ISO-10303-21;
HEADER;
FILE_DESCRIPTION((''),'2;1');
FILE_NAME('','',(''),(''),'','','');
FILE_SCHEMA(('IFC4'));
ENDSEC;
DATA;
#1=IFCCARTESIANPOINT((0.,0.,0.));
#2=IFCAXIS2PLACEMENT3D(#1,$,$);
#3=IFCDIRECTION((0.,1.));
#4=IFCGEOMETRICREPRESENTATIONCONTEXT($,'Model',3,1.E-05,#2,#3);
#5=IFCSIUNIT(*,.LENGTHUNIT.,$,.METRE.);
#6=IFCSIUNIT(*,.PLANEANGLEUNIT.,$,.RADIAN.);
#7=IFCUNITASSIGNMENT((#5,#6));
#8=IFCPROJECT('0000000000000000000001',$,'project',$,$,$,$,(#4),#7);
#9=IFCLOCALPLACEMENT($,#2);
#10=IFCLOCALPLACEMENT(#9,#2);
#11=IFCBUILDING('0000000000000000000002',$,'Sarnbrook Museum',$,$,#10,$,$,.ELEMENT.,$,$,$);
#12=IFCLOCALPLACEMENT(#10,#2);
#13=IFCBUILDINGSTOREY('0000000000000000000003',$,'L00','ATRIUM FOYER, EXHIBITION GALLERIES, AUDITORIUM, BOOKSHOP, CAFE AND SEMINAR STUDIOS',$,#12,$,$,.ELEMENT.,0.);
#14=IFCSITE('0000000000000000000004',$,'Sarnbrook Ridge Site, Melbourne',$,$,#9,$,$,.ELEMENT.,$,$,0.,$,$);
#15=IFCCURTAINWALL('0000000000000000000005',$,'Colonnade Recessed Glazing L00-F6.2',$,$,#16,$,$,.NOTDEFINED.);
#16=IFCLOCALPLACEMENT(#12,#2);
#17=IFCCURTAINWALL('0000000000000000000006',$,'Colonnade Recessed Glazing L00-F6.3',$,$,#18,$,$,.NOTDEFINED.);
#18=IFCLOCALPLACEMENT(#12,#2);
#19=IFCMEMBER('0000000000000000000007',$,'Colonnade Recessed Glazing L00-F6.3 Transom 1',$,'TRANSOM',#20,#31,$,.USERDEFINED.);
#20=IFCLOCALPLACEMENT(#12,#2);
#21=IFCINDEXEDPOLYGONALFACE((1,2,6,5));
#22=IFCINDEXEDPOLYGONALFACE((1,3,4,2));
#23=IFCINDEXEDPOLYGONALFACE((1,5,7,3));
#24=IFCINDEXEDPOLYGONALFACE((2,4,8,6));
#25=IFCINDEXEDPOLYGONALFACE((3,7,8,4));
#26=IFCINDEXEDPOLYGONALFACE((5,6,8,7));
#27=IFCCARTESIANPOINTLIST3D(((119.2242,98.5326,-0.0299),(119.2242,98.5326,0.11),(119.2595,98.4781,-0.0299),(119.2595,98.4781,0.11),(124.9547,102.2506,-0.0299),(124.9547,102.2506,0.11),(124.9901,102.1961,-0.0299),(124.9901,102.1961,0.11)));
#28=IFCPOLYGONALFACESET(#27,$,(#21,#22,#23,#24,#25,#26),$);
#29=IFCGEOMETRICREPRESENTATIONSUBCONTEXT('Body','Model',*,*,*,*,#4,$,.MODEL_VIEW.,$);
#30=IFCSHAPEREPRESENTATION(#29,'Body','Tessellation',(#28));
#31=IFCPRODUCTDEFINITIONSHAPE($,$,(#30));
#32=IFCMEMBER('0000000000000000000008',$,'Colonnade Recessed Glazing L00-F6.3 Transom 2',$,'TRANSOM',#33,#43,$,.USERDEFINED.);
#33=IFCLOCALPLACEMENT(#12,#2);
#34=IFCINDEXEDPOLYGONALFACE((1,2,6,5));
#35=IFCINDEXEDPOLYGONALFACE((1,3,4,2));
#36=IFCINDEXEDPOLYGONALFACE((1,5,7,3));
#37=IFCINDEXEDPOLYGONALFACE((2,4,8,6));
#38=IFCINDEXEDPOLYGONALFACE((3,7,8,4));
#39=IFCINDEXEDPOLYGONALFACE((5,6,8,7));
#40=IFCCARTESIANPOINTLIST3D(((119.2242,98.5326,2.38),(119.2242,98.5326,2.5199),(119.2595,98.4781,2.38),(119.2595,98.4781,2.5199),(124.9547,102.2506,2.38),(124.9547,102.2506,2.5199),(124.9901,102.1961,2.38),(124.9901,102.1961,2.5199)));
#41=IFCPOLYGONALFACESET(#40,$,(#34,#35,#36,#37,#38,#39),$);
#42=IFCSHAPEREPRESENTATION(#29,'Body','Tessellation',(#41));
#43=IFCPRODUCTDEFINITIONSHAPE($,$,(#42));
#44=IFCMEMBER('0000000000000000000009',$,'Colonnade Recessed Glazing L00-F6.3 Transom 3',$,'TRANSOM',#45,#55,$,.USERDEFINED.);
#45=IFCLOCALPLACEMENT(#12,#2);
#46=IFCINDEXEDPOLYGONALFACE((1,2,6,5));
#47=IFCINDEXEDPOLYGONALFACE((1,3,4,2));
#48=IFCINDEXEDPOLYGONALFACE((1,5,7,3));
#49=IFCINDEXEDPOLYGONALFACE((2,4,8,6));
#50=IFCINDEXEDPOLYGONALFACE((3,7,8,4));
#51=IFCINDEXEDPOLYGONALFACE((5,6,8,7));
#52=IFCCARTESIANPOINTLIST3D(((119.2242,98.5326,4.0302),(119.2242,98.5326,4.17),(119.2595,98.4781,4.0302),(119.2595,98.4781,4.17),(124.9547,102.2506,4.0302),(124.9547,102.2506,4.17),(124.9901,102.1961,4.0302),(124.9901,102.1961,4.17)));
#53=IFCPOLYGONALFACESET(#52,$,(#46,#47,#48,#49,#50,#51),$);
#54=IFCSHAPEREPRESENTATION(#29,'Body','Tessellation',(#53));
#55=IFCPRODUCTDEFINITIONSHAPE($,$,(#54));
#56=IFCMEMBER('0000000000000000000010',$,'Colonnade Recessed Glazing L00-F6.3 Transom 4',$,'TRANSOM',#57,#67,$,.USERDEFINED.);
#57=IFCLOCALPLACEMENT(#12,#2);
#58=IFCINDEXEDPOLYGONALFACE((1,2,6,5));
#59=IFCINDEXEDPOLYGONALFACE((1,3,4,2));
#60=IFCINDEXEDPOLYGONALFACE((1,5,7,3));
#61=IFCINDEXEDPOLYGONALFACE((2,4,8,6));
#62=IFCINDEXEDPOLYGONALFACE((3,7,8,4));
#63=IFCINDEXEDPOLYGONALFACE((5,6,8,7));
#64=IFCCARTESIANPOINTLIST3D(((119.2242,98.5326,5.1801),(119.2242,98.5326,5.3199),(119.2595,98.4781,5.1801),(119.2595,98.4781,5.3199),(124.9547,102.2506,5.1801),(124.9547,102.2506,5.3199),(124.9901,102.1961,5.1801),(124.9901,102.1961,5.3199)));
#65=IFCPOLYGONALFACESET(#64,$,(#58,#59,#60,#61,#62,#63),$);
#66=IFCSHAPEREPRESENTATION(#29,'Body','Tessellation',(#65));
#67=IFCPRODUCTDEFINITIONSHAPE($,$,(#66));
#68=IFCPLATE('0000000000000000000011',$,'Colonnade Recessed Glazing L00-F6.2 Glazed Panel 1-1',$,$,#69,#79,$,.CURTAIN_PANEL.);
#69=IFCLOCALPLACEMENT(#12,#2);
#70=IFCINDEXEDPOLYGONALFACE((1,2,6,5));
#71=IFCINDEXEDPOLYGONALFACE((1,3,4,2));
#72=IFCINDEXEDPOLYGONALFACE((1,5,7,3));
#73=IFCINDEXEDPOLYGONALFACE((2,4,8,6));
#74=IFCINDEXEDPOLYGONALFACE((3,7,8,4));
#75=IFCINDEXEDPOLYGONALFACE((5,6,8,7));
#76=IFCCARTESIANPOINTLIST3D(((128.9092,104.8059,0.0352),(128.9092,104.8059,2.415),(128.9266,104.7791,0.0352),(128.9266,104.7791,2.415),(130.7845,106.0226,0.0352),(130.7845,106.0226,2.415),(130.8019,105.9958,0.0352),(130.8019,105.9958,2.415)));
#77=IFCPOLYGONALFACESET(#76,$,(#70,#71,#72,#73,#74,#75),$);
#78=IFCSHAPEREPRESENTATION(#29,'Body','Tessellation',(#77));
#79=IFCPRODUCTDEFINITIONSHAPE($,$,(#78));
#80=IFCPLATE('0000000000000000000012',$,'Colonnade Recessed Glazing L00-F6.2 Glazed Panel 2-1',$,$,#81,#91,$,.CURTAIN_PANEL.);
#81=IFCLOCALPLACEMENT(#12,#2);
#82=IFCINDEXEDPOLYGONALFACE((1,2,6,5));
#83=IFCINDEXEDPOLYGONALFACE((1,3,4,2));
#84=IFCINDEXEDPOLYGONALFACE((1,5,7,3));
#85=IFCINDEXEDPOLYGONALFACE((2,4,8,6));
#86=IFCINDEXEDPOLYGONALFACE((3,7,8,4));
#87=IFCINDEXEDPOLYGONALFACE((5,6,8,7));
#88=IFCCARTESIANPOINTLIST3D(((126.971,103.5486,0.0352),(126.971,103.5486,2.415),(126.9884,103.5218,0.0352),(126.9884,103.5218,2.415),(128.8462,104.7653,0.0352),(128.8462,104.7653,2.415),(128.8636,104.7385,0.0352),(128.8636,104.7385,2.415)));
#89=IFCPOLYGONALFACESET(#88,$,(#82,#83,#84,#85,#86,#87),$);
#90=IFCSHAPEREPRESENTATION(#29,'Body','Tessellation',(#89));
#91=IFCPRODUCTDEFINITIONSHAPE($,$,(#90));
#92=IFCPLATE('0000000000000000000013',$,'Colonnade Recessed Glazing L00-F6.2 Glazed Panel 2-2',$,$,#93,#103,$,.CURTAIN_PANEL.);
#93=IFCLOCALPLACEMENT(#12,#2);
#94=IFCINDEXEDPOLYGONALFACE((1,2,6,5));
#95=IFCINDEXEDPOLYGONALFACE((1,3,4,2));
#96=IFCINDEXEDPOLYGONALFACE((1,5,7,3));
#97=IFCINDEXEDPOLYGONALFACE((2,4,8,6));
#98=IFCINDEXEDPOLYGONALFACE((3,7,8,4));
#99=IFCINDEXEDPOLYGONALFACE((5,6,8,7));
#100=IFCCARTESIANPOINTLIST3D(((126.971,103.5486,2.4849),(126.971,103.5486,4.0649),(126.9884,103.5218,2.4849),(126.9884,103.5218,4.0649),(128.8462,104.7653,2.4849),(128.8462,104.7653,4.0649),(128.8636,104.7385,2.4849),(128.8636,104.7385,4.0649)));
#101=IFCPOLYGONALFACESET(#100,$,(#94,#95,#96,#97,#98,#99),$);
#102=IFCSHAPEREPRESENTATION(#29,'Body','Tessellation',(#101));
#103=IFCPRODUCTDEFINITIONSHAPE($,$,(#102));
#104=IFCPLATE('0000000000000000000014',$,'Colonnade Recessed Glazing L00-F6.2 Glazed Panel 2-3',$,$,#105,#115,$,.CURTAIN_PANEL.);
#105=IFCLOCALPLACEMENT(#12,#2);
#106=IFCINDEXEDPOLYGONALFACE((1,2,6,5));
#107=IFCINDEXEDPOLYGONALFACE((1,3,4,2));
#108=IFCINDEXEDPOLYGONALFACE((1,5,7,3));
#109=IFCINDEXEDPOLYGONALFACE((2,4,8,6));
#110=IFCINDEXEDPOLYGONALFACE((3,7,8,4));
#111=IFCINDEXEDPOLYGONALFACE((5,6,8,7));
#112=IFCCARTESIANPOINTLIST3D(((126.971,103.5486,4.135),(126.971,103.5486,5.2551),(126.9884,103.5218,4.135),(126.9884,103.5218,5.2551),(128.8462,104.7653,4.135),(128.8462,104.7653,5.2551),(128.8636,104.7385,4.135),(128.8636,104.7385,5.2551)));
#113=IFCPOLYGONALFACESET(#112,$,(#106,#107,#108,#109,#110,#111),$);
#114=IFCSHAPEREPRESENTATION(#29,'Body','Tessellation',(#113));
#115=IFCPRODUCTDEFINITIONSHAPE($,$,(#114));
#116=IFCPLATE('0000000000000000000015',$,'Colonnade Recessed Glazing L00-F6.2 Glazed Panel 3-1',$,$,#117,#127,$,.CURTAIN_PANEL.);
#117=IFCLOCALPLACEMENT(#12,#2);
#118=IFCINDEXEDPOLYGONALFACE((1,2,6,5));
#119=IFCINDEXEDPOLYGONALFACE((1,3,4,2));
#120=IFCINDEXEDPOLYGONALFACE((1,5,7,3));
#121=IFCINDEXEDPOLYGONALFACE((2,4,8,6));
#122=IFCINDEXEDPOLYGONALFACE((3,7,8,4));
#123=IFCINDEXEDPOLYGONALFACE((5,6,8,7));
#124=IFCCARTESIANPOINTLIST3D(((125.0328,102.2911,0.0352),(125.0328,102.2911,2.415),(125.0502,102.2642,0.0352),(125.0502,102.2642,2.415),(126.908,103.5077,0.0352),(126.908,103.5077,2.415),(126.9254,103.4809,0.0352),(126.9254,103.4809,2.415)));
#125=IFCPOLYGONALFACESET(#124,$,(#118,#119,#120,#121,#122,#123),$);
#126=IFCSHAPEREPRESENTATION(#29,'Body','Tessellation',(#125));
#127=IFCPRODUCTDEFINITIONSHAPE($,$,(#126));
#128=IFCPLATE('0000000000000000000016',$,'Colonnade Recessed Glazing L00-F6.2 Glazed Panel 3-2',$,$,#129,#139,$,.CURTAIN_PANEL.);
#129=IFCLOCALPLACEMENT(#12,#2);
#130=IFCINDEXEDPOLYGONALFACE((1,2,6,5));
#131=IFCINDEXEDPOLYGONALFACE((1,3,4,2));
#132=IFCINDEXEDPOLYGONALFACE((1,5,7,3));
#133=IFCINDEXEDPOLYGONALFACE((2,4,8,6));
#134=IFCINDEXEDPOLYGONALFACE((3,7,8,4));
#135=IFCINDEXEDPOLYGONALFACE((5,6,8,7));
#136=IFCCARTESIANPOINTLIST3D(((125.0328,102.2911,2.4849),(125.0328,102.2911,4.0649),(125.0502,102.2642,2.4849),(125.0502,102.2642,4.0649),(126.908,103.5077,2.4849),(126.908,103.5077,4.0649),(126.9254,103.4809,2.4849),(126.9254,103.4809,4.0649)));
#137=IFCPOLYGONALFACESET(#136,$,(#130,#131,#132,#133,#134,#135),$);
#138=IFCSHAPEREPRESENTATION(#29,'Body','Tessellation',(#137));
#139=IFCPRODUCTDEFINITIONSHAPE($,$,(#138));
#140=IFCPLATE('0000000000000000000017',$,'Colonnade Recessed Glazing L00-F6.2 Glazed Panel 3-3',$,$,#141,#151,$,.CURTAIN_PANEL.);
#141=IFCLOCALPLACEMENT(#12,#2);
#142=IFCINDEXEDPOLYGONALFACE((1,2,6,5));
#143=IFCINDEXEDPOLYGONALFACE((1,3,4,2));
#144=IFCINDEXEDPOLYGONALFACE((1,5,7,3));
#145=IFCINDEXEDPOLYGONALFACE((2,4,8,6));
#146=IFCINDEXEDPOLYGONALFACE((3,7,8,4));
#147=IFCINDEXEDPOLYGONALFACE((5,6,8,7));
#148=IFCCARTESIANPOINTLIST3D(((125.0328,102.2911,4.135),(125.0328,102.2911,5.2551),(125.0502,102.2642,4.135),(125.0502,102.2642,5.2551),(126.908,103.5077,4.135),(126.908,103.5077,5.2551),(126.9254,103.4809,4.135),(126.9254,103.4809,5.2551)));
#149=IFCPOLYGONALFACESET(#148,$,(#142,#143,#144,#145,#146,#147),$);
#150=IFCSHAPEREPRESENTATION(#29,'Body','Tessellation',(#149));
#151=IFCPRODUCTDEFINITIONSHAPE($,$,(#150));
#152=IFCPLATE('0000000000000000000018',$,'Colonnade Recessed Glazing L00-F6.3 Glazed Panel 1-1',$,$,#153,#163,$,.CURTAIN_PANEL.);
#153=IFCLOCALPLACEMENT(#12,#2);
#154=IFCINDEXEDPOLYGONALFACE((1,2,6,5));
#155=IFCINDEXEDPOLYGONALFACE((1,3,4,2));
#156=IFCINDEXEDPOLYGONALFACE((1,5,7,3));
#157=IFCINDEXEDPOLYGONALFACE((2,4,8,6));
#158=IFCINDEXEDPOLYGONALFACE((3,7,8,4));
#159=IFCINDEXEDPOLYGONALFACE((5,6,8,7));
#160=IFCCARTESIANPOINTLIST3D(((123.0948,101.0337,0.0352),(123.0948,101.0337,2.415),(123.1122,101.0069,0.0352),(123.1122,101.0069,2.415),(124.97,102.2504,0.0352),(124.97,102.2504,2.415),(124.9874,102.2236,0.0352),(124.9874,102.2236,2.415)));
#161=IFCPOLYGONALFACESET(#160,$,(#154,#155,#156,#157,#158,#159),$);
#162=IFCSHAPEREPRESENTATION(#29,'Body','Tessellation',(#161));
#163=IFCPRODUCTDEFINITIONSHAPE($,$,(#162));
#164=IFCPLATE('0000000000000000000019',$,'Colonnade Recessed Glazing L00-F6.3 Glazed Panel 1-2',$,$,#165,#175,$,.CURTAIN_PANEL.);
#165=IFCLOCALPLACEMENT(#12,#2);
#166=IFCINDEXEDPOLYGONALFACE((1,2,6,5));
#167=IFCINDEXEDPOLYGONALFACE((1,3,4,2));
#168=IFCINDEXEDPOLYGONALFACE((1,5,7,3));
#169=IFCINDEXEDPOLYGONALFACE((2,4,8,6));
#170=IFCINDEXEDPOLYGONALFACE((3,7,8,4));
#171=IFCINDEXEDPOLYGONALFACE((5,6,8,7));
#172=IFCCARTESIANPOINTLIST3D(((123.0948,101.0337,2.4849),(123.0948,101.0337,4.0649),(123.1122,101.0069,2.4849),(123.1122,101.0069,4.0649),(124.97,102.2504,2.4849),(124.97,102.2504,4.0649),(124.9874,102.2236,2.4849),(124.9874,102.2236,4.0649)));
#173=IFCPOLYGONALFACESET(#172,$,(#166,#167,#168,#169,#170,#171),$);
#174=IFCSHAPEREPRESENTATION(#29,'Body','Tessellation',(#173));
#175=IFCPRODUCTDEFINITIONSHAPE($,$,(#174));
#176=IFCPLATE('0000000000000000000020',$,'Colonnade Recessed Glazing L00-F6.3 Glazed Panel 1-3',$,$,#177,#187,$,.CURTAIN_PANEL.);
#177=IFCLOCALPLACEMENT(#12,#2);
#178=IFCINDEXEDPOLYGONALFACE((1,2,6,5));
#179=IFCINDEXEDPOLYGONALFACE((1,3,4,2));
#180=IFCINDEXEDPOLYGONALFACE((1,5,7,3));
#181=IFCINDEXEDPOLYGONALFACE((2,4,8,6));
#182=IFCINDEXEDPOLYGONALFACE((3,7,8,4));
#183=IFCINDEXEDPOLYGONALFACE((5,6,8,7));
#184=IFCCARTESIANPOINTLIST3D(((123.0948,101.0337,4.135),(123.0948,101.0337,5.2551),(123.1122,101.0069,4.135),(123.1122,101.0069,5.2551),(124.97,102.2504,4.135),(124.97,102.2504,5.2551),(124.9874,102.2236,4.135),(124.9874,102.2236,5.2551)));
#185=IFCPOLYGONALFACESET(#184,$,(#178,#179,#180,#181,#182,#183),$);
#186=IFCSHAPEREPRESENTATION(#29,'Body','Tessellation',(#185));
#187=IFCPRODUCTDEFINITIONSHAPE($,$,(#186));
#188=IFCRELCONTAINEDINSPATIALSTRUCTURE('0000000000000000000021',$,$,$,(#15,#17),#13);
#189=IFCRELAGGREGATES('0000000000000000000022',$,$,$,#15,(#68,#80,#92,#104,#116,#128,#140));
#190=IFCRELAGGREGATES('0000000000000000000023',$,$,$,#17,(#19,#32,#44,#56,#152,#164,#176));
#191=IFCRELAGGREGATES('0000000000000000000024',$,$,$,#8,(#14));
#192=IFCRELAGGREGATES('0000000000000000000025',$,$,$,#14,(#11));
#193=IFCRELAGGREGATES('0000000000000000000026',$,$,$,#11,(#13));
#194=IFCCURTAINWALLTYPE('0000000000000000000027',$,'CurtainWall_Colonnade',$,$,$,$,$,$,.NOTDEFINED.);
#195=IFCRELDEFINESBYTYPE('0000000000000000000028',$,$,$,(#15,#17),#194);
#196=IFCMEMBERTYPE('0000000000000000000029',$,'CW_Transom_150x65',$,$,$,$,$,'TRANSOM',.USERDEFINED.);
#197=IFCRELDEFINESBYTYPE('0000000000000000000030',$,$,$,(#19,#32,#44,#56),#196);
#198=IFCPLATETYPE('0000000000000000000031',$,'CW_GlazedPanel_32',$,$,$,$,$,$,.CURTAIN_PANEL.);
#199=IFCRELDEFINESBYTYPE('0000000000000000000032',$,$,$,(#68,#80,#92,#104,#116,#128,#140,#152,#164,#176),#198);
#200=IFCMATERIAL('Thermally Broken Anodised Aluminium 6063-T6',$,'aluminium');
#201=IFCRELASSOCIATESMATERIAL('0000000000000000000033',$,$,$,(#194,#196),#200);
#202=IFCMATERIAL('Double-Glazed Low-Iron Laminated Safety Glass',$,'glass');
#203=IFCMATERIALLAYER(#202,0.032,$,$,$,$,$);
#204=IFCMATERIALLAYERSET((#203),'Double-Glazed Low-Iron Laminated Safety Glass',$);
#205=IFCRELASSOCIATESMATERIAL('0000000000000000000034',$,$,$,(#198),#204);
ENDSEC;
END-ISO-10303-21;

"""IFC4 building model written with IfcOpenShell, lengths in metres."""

from ifc_helpers import new_model, si_unit, direction, frame, origin, origin_2d, place, context, subcontext, project, spatial, rectangle, extrude, material, layer, layer_set, material_profile, profile_set, type_object, element, aggregate, save


model = new_model("IFC4")

# Units and contexts
model_context = context("Model", 3, precision=1e-05, world=origin(), true_north=direction((0.0, 1.0)))
body_context = subcontext(model_context, "Body", "Model", "MODEL_VIEW")
ifc_project = project(units=[si_unit("LENGTHUNIT", "METRE"), si_unit("PLANEANGLEUNIT", "RADIAN")], contexts=[model_context])

# Site, building, storey
site_placement = place(None, origin())
site = spatial("IfcSite", under=ifc_project, at=site_placement, Name="Sarnbrook Ridge Site, Melbourne", CompositionType="ELEMENT", RefElevation=0.0)
building_placement = place(site_placement, origin())
building = spatial("IfcBuilding", under=site, at=building_placement, Name="Sarnbrook Museum", CompositionType="ELEMENT")
storey_placement = place(building_placement, origin())
storey = spatial("IfcBuildingStorey", under=building, at=storey_placement, Name="L00", Description="ATRIUM FOYER, EXHIBITION GALLERIES, AUDITORIUM, BOOKSHOP, CAFE AND SEMINAR STUDIOS", CompositionType="ELEMENT", Elevation=0.0)

# Curtain walls, members
ifc_material_1 = material(Name="Thermally Broken Anodised Aluminium 6063-T6", Category="aluminium")
curtain_wall_type = type_object("IfcCurtainWallType", Name="CurtainWall_Colonnade", PredefinedType="NOTDEFINED", material=ifc_material_1)
curtain_wall_1_placement = place(storey_placement, origin())
curtain_wall_1 = element("IfcCurtainWall", 1, at=curtain_wall_1_placement, inside=storey, type_object=curtain_wall_type, Name="Colonnade Recessed Glazing L00-F6.2", PredefinedType="NOTDEFINED")
curtain_wall_2_placement = place(storey_placement, origin())
curtain_wall_2 = element("IfcCurtainWall", 2, at=curtain_wall_2_placement, inside=storey, type_object=curtain_wall_type, Name="Colonnade Recessed Glazing L00-F6.3", PredefinedType="NOTDEFINED")
ifc_material_profile_1 = material_profile(ifc_material_1, rectangle(XDim=0.0649, YDim=0.1399, at=origin_2d()), Name="ALU TRANSOM 65x140")
ifc_profile_set_1 = profile_set([ifc_material_profile_1], Name="Thermally Broken Anodised Aluminium 6063-T6")
member_type_1 = type_object("IfcMemberType", Name="CW_Transom_150x65", ElementType="TRANSOM", PredefinedType="USERDEFINED", material=ifc_profile_set_1)
member_1_placement = place(storey_placement, frame((124.9724, 102.2234, 0.04), z_axis=(-0.838897, -0.54429, 0.0), x_axis=(0.54429, -0.838897, 0.0)))
member_1 = element("IfcMember", 3, at=member_1_placement, type_object=member_type_1, Name="Colonnade Recessed Glazing L00-F6.3 Transom 1", ObjectType="TRANSOM", PredefinedType="USERDEFINED", context=body_context, shape_type="SweptSolid", body=[
    extrude(rectangle(XDim=0.0649, YDim=0.1399, at=origin_2d()), origin(), (0.0, 0.0, 1.0), 6.8311),
])
member_2_placement = place(storey_placement, frame((124.9724, 102.2234, 2.45), z_axis=(-0.838897, -0.54429, 0.0), x_axis=(0.54429, -0.838897, 0.0)))
member_2 = element("IfcMember", 4, at=member_2_placement, type_object=member_type_1, Name="Colonnade Recessed Glazing L00-F6.3 Transom 2", ObjectType="TRANSOM", PredefinedType="USERDEFINED", context=body_context, shape_type="SweptSolid", body=[
    extrude(rectangle(XDim=0.0649, YDim=0.1399, at=origin_2d()), origin(), (0.0, 0.0, 1.0), 6.8311),
])
member_3_placement = place(storey_placement, frame((124.9724, 102.2234, 4.1001), z_axis=(-0.838897, -0.54429, 0.0), x_axis=(0.54429, -0.838897, 0.0)))
member_3 = element("IfcMember", 5, at=member_3_placement, type_object=member_type_1, Name="Colonnade Recessed Glazing L00-F6.3 Transom 3", ObjectType="TRANSOM", PredefinedType="USERDEFINED", context=body_context, shape_type="SweptSolid", body=[
    extrude(rectangle(XDim=0.0649, YDim=0.1399, at=origin_2d()), origin(), (0.0, 0.0, 1.0), 6.8311),
])
member_4_placement = place(storey_placement, frame((124.9724, 102.2234, 5.25), z_axis=(-0.838897, -0.54429, 0.0), x_axis=(0.54429, -0.838897, 0.0)))
member_4 = element("IfcMember", 6, at=member_4_placement, type_object=member_type_1, Name="Colonnade Recessed Glazing L00-F6.3 Transom 4", ObjectType="TRANSOM", PredefinedType="USERDEFINED", context=body_context, shape_type="SweptSolid", body=[
    extrude(rectangle(XDim=0.0649, YDim=0.1399, at=origin_2d()), origin(), (0.0, 0.0, 1.0), 6.8311),
])

# Plates
ifc_material_2 = material(Name="Double-Glazed Low-Iron Laminated Safety Glass", Category="glass")
ifc_layer_1 = layer(ifc_material_2, 0.032)
ifc_layer_set_1 = layer_set([ifc_layer_1], Name="Double-Glazed Low-Iron Laminated Safety Glass")
plate_type = type_object("IfcPlateType", Name="CW_GlazedPanel_32", PredefinedType="CURTAIN_PANEL", material=ifc_layer_set_1)
plate_1_placement = place(storey_placement, frame((129.8643, 105.3875, 1.2251), z_axis=(-0.544286, 0.8389, 0.0), x_axis=(-0.8389, -0.544286, 0.0)))
plate_1 = element("IfcPlate", 7, at=plate_1_placement, type_object=plate_type, Name="Colonnade Recessed Glazing L00-F6.2 Glazed Panel 1-1", PredefinedType="CURTAIN_PANEL", context=body_context, shape_type="SweptSolid", body=[
    extrude(rectangle(XDim=2.2354, YDim=2.3799, at=origin_2d()), origin(), (0.0, 0.0, 1.0), 0.032),
])
plate_2_placement = place(storey_placement, frame((127.926, 104.1301, 1.2251), z_axis=(-0.544286, 0.8389, 0.0), x_axis=(-0.8389, -0.544286, 0.0)))
plate_2 = element("IfcPlate", 8, at=plate_2_placement, type_object=plate_type, Name="Colonnade Recessed Glazing L00-F6.2 Glazed Panel 2-1", PredefinedType="CURTAIN_PANEL", context=body_context, shape_type="SweptSolid", body=[
    extrude(rectangle(XDim=2.2354, YDim=2.3799, at=origin_2d()), origin(), (0.0, 0.0, 1.0), 0.032),
])
plate_3_placement = place(storey_placement, frame((127.926, 104.1301, 3.2749), z_axis=(-0.544286, 0.8389, 0.0), x_axis=(-0.8389, -0.544286, 0.0)))
plate_3 = element("IfcPlate", 9, at=plate_3_placement, type_object=plate_type, Name="Colonnade Recessed Glazing L00-F6.2 Glazed Panel 2-2", PredefinedType="CURTAIN_PANEL", context=body_context, shape_type="SweptSolid", body=[
    extrude(rectangle(XDim=2.2354, YDim=1.5801, at=origin_2d()), origin(), (0.0, 0.0, 1.0), 0.032),
])
plate_4_placement = place(storey_placement, frame((127.926, 104.1301, 4.6951), z_axis=(-0.544286, 0.8389, 0.0), x_axis=(-0.8389, -0.544286, 0.0)))
plate_4 = element("IfcPlate", 10, at=plate_4_placement, type_object=plate_type, Name="Colonnade Recessed Glazing L00-F6.2 Glazed Panel 2-3", PredefinedType="CURTAIN_PANEL", context=body_context, shape_type="SweptSolid", body=[
    extrude(rectangle(XDim=2.2354, YDim=1.1201, at=origin_2d()), origin(), (0.0, 0.0, 1.0), 0.032),
])
plate_5_placement = place(storey_placement, frame((125.9878, 102.8726, 1.2251), z_axis=(-0.544286, 0.8389, 0.0), x_axis=(-0.8389, -0.544286, 0.0)))
plate_5 = element("IfcPlate", 11, at=plate_5_placement, type_object=plate_type, Name="Colonnade Recessed Glazing L00-F6.2 Glazed Panel 3-1", PredefinedType="CURTAIN_PANEL", context=body_context, shape_type="SweptSolid", body=[
    extrude(rectangle(XDim=2.2354, YDim=2.3799, at=origin_2d()), origin(), (0.0, 0.0, 1.0), 0.032),
])
plate_6_placement = place(storey_placement, frame((125.9878, 102.8726, 3.2749), z_axis=(-0.544286, 0.8389, 0.0), x_axis=(-0.8389, -0.544286, 0.0)))
plate_6 = element("IfcPlate", 12, at=plate_6_placement, type_object=plate_type, Name="Colonnade Recessed Glazing L00-F6.2 Glazed Panel 3-2", PredefinedType="CURTAIN_PANEL", context=body_context, shape_type="SweptSolid", body=[
    extrude(rectangle(XDim=2.2354, YDim=1.5801, at=origin_2d()), origin(), (0.0, 0.0, 1.0), 0.032),
])
plate_7_placement = place(storey_placement, frame((125.9878, 102.8726, 4.6951), z_axis=(-0.544286, 0.8389, 0.0), x_axis=(-0.8389, -0.544286, 0.0)))
plate_7 = element("IfcPlate", 13, at=plate_7_placement, type_object=plate_type, Name="Colonnade Recessed Glazing L00-F6.2 Glazed Panel 3-3", PredefinedType="CURTAIN_PANEL", context=body_context, shape_type="SweptSolid", body=[
    extrude(rectangle(XDim=2.2354, YDim=1.1201, at=origin_2d()), origin(), (0.0, 0.0, 1.0), 0.032),
])
aggregate(curtain_wall_1, [plate_1, plate_2, plate_3, plate_4, plate_5, plate_6, plate_7])
plate_8_placement = place(storey_placement, frame((124.0498, 101.6152, 1.2251), z_axis=(-0.544286, 0.8389, 0.0), x_axis=(-0.8389, -0.544286, 0.0)))
plate_8 = element("IfcPlate", 14, at=plate_8_placement, type_object=plate_type, Name="Colonnade Recessed Glazing L00-F6.3 Glazed Panel 1-1", PredefinedType="CURTAIN_PANEL", context=body_context, shape_type="SweptSolid", body=[
    extrude(rectangle(XDim=2.2354, YDim=2.3799, at=origin_2d()), origin(), (0.0, 0.0, 1.0), 0.032),
])
plate_9_placement = place(storey_placement, frame((124.0498, 101.6152, 3.2749), z_axis=(-0.544286, 0.8389, 0.0), x_axis=(-0.8389, -0.544286, 0.0)))
plate_9 = element("IfcPlate", 15, at=plate_9_placement, type_object=plate_type, Name="Colonnade Recessed Glazing L00-F6.3 Glazed Panel 1-2", PredefinedType="CURTAIN_PANEL", context=body_context, shape_type="SweptSolid", body=[
    extrude(rectangle(XDim=2.2354, YDim=1.5801, at=origin_2d()), origin(), (0.0, 0.0, 1.0), 0.032),
])
plate_10_placement = place(storey_placement, frame((124.0498, 101.6152, 4.6951), z_axis=(-0.544286, 0.8389, 0.0), x_axis=(-0.8389, -0.544286, 0.0)))
plate_10 = element("IfcPlate", 16, at=plate_10_placement, type_object=plate_type, Name="Colonnade Recessed Glazing L00-F6.3 Glazed Panel 1-3", PredefinedType="CURTAIN_PANEL", context=body_context, shape_type="SweptSolid", body=[
    extrude(rectangle(XDim=2.2354, YDim=1.1201, at=origin_2d()), origin(), (0.0, 0.0, 1.0), 0.032),
])
aggregate(curtain_wall_2, [member_1, member_2, member_3, member_4, plate_8, plate_9, plate_10])

save(model, "model.ifc")
